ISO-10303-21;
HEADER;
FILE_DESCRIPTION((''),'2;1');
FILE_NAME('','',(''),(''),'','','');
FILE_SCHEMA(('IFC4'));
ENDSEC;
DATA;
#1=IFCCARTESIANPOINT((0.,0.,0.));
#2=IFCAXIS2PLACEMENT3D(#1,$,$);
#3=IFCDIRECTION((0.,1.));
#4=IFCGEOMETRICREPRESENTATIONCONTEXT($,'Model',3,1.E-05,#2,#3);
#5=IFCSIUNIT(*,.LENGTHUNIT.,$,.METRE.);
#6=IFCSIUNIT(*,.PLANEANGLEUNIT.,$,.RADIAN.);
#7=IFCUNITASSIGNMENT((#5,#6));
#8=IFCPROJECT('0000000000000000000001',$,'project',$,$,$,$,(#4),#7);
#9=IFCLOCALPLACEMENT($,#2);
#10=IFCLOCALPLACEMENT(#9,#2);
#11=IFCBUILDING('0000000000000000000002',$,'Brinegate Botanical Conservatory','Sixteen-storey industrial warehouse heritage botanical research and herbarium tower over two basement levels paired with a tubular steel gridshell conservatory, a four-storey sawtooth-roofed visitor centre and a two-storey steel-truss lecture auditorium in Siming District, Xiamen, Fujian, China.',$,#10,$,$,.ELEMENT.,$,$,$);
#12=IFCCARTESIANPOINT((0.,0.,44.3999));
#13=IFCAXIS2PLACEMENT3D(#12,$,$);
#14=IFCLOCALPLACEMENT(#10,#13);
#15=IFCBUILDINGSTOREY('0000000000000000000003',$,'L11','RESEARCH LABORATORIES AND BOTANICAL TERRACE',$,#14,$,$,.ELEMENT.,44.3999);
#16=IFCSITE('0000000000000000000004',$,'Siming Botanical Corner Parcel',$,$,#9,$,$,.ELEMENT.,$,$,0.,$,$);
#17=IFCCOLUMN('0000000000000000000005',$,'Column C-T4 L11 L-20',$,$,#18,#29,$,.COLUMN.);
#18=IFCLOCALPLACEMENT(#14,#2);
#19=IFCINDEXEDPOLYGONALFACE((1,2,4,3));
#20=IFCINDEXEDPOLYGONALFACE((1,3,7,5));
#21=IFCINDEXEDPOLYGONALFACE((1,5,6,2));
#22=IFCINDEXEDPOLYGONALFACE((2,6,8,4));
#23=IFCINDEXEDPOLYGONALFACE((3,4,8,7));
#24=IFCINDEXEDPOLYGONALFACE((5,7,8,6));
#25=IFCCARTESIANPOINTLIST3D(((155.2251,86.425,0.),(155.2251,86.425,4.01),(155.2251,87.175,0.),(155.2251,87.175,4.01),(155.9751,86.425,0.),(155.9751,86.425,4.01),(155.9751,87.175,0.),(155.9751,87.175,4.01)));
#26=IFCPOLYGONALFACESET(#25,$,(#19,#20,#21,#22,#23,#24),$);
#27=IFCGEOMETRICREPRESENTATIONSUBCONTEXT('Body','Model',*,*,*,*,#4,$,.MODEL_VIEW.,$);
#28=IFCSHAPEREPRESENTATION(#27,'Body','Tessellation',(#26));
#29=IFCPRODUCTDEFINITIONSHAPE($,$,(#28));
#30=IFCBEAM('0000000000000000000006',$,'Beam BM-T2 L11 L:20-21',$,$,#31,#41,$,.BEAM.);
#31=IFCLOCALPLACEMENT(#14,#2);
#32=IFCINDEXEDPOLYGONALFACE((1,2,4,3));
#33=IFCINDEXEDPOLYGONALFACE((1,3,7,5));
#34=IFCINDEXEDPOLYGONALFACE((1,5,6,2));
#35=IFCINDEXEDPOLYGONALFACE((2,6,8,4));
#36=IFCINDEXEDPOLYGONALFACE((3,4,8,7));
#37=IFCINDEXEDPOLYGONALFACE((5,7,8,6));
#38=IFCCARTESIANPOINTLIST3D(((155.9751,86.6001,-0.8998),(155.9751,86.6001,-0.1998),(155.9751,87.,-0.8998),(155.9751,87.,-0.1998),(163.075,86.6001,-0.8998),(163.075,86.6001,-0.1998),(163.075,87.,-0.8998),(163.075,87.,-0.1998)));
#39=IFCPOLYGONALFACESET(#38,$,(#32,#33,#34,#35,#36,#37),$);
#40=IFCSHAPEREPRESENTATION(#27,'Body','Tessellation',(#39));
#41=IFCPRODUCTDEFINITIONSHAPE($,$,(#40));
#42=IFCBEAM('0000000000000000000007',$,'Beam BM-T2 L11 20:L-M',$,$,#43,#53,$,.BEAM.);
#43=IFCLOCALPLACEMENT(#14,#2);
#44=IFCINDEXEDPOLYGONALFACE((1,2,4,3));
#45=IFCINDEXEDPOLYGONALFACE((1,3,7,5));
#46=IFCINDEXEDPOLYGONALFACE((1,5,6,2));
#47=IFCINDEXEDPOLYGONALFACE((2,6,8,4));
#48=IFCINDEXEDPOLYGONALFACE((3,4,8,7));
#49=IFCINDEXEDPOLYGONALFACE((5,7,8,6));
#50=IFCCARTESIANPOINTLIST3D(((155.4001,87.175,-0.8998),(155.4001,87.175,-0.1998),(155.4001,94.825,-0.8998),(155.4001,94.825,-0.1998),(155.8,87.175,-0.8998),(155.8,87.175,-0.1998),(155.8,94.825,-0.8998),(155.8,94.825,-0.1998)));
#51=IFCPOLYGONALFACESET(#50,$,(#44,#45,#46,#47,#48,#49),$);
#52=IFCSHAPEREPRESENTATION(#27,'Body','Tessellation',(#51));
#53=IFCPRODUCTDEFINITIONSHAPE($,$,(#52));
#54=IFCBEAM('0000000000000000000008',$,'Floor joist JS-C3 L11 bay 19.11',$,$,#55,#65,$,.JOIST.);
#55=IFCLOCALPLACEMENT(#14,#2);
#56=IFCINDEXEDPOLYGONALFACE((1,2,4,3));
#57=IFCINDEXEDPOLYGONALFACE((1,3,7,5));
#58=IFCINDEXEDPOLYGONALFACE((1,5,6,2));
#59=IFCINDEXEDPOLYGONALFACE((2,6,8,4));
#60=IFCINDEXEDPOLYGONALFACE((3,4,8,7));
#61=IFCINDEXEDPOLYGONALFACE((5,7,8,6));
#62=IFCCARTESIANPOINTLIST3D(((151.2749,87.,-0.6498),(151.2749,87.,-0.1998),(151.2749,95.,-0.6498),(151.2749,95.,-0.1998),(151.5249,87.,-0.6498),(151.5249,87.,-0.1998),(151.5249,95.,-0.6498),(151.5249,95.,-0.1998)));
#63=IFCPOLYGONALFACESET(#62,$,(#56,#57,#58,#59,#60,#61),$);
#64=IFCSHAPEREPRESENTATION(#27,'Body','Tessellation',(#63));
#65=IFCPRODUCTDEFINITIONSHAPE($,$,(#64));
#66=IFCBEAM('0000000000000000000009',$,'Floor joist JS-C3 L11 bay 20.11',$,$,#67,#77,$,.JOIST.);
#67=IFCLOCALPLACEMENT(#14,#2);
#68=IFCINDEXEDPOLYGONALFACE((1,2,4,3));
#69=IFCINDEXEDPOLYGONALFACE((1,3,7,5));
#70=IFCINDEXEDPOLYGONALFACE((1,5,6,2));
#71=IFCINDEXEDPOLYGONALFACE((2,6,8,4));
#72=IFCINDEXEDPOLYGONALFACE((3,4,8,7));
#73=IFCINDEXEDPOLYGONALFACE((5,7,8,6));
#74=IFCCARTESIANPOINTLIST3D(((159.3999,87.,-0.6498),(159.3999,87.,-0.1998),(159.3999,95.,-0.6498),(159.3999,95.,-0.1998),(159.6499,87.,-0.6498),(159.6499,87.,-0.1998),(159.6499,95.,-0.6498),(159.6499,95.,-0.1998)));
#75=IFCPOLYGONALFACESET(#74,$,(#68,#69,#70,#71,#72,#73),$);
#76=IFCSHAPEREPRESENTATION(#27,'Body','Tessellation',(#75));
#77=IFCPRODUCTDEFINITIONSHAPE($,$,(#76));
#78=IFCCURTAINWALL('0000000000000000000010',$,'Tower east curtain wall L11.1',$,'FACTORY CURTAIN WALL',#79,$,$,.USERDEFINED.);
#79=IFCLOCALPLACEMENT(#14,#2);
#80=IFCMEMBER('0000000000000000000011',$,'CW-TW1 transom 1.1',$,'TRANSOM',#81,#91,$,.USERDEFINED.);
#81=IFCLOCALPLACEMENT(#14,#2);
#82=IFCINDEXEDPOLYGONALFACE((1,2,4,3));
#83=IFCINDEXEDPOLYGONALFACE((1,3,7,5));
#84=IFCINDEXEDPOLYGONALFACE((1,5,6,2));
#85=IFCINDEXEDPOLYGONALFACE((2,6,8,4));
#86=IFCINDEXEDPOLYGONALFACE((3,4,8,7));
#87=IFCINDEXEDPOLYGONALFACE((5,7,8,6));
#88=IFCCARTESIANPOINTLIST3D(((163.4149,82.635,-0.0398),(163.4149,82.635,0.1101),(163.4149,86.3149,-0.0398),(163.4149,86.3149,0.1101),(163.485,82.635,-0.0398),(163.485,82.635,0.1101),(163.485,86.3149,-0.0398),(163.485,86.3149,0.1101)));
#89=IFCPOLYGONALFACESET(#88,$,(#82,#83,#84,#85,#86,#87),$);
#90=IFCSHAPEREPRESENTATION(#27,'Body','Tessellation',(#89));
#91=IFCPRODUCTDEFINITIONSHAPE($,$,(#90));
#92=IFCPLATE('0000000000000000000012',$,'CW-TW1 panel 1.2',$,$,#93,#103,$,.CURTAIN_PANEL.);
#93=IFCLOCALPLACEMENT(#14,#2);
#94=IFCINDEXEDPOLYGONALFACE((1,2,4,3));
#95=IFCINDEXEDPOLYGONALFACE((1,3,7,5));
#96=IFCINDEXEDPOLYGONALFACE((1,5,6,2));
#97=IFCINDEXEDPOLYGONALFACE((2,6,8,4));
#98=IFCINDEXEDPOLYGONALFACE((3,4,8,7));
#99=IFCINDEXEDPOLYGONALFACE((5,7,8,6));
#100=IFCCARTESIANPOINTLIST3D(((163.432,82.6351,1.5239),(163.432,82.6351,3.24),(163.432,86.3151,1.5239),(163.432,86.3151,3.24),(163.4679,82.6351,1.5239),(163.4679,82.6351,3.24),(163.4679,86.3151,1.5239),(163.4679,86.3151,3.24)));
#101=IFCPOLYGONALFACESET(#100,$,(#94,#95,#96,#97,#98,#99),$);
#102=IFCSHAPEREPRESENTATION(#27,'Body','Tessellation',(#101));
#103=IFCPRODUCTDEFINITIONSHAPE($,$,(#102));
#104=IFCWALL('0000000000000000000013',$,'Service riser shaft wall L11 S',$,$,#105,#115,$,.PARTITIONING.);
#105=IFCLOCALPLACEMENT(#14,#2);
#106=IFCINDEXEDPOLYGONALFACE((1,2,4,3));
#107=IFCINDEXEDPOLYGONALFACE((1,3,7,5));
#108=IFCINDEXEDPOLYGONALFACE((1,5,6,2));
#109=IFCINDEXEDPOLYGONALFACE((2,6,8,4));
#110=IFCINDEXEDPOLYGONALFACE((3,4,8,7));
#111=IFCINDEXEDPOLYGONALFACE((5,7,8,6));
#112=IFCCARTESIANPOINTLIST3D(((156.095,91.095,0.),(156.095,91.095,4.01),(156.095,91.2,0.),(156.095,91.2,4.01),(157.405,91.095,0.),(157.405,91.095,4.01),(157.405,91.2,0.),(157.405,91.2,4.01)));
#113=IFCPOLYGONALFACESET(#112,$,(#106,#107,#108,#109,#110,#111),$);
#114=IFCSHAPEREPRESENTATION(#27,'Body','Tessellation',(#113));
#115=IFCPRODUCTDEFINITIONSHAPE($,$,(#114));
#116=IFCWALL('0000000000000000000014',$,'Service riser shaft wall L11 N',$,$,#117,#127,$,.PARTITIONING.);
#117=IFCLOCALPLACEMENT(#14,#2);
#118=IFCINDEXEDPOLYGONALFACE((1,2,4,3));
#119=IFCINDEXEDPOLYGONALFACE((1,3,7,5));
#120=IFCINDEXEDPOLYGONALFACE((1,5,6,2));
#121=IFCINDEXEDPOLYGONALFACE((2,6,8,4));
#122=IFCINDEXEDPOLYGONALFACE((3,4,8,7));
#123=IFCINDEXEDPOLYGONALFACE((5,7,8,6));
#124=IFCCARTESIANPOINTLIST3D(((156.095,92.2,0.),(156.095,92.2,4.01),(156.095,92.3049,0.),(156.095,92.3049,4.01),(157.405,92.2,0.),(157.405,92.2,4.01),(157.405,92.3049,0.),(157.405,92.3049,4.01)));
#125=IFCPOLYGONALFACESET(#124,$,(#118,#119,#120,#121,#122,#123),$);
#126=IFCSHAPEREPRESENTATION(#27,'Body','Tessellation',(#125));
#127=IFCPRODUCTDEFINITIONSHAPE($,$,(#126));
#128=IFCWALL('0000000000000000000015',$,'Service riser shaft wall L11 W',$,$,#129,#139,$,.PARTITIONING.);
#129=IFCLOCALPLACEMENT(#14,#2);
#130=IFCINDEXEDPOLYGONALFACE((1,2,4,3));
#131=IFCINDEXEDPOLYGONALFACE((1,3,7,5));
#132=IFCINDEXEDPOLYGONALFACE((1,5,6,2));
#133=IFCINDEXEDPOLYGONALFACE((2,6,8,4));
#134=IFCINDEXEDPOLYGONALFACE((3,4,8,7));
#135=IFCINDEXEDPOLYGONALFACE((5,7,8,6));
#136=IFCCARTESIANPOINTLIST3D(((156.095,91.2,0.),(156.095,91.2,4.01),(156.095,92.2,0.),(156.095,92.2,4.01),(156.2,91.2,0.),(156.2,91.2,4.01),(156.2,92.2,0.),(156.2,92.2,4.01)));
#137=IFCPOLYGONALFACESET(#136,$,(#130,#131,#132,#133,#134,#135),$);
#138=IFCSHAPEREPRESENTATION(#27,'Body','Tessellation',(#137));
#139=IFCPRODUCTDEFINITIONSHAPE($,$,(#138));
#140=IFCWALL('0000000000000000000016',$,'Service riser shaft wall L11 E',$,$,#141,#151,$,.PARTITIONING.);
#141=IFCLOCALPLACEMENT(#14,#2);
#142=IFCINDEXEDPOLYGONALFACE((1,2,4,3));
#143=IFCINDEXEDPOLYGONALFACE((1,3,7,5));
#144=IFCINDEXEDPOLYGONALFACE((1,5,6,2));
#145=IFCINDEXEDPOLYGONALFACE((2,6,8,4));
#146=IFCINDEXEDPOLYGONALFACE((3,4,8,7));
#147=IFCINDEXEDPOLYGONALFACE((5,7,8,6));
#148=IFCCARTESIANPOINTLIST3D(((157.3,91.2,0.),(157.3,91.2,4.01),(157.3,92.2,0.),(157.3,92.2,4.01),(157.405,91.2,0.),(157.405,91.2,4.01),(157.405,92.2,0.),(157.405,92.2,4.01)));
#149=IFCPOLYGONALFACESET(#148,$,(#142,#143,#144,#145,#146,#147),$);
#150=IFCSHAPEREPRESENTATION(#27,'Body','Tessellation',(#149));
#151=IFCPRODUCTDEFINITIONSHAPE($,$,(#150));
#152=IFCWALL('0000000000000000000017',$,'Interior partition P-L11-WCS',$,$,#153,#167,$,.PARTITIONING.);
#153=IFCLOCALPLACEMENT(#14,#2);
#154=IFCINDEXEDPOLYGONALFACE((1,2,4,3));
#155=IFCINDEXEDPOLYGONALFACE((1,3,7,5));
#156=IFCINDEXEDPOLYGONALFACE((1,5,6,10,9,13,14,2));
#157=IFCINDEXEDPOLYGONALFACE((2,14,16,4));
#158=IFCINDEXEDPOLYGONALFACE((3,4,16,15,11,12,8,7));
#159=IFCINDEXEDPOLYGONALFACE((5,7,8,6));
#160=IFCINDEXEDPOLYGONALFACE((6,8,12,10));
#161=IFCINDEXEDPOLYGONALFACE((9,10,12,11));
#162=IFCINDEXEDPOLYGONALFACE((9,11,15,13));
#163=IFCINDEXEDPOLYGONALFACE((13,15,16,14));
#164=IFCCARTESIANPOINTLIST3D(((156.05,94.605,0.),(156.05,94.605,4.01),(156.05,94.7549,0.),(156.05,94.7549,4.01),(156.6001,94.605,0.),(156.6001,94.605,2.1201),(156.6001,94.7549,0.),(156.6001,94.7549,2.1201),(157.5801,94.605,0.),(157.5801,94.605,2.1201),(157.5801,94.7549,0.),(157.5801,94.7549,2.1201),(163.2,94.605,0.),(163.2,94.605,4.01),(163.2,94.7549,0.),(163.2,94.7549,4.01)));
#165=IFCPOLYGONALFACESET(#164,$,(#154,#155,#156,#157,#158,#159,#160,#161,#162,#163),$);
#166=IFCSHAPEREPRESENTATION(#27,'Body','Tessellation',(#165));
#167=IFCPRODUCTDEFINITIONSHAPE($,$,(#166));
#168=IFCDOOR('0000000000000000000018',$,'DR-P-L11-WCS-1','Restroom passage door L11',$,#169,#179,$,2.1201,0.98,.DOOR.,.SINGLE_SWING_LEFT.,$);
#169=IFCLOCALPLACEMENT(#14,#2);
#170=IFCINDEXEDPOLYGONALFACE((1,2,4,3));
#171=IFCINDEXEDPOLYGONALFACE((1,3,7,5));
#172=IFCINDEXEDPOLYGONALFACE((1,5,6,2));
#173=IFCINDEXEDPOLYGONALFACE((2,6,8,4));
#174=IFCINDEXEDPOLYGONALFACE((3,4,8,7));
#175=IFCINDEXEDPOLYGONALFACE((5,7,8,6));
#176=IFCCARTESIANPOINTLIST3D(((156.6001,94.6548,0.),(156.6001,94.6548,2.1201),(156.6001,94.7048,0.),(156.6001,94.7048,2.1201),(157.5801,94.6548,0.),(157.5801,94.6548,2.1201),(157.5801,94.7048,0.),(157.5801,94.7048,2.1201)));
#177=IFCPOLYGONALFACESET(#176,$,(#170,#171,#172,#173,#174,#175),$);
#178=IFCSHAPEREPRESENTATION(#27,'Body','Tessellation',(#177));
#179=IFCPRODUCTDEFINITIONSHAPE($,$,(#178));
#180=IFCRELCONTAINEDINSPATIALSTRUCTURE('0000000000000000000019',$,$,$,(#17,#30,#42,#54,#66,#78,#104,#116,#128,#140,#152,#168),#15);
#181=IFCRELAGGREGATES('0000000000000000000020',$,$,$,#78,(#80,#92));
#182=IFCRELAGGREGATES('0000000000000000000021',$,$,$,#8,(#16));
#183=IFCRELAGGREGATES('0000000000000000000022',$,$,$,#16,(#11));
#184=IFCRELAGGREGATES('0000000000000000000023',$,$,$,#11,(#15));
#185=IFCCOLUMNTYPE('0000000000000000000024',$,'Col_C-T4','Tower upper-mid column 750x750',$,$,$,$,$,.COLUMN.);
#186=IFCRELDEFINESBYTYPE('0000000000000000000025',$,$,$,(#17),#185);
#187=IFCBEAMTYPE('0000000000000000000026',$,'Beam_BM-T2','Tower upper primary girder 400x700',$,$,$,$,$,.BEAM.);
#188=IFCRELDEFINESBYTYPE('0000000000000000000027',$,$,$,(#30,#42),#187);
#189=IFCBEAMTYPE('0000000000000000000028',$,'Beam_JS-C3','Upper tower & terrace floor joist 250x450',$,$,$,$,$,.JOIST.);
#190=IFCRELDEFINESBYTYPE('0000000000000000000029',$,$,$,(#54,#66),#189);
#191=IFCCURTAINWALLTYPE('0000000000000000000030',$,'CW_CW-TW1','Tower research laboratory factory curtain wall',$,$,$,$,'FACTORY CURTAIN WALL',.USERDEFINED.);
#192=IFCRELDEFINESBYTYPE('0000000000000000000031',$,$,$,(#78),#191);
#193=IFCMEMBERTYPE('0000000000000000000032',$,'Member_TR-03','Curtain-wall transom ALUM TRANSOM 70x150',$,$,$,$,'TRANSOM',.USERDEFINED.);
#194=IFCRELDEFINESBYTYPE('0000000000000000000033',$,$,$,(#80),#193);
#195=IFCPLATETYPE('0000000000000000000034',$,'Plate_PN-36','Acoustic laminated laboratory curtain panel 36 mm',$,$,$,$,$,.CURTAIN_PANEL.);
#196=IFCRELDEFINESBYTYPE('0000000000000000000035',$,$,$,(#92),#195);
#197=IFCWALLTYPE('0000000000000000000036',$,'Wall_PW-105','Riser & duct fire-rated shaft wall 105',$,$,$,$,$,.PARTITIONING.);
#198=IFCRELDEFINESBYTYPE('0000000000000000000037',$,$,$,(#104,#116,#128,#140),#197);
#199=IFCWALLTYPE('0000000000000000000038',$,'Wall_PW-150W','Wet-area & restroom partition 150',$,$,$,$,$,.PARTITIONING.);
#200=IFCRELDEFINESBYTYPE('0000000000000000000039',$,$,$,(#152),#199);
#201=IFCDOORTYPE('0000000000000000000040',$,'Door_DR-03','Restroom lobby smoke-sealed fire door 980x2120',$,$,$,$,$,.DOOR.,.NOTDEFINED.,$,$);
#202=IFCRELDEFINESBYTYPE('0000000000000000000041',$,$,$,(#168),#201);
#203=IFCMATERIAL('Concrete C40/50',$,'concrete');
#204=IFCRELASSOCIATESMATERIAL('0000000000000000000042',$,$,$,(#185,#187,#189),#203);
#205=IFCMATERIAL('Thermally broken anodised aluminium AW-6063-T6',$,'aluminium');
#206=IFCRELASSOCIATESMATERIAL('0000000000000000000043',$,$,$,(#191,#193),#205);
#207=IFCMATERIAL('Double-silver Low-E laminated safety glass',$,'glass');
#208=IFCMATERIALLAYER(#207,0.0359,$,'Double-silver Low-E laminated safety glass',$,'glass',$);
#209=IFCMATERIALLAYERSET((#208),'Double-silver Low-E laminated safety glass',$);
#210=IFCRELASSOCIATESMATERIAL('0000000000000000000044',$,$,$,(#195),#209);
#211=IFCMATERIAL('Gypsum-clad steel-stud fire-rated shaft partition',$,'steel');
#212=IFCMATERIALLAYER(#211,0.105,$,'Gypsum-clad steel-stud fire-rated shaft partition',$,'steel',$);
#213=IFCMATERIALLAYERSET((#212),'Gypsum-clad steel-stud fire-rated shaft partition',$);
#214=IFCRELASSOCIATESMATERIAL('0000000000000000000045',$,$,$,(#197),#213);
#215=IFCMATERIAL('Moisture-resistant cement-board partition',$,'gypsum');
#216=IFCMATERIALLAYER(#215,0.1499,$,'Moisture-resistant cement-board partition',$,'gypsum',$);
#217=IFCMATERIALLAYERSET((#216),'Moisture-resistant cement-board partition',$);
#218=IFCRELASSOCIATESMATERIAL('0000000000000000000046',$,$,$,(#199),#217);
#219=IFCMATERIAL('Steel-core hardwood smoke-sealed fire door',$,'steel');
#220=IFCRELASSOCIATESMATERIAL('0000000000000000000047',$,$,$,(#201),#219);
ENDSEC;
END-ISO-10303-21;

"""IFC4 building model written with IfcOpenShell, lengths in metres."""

from ifc_helpers import new_model, si_unit, direction, frame, frame_2d, origin, origin_2d, place, context, subcontext, project, spatial, rectangle, extrude, material, layer, layer_set, material_profile, profile_set, type_object, element, fill, aggregate, save


model = new_model("IFC4")

# Units and contexts
model_context = context("Model", 3, precision=1e-05, world=origin(), true_north=direction((0.0, 1.0)))
body_context = subcontext(model_context, "Body", "Model", "MODEL_VIEW")
ifc_project = project(units=[si_unit("LENGTHUNIT", "METRE"), si_unit("PLANEANGLEUNIT", "RADIAN")], contexts=[model_context])

# Site, building, storey
site_placement = place(None, origin())
site = spatial("IfcSite", under=ifc_project, at=site_placement, Name="Siming Botanical Corner Parcel", CompositionType="ELEMENT", RefElevation=0.0)
building_placement = place(site_placement, origin())
building = spatial("IfcBuilding", under=site, at=building_placement, Name="Brinegate Botanical Conservatory", Description="Sixteen-storey industrial warehouse heritage botanical research and herbarium tower over two basement levels paired with a tubular steel gridshell conservatory, a four-storey sawtooth-roofed visitor centre and a two-storey steel-truss lecture auditorium in Siming District, Xiamen, Fujian, China.", CompositionType="ELEMENT")
storey_placement = place(building_placement, frame((0.0, 0.0, 44.3999)))
storey = spatial("IfcBuildingStorey", under=building, at=storey_placement, Name="L11", Description="RESEARCH LABORATORIES AND BOTANICAL TERRACE", CompositionType="ELEMENT", Elevation=44.3999)

# Column
ifc_material_1 = material(Name="Concrete C40/50", Category="concrete")
ifc_material_profile_1 = material_profile(ifc_material_1, rectangle(XDim=0.75, YDim=0.75, at=origin_2d()), Name="RC COL 750x750")
ifc_profile_set_1 = profile_set([ifc_material_profile_1], Name="Concrete C40/50")
column_type = type_object("IfcColumnType", Name="Col_C-T4", Description="Tower upper-mid column 750x750", PredefinedType="COLUMN", material=ifc_profile_set_1)
column_placement = place(storey_placement, frame((155.6001, 86.8, 0.0), z_axis=(0.0, 0.0, 1.0), x_axis=(1.0, 0.0, 0.0)))
element("IfcColumn", 1, at=column_placement, inside=storey, type_object=column_type, Name="Column C-T4 L11 L-20", PredefinedType="COLUMN", context=body_context, shape_type="SweptSolid", body=[
    extrude(rectangle(XDim=0.75, YDim=0.75, at=origin_2d()), origin(), (0.0, 0.0, 1.0), 4.01),
])

# Beams
ifc_material_profile_2 = material_profile(ifc_material_1, rectangle(XDim=0.3999, YDim=0.7, at=origin_2d()), Name="RC BM 400x700")
ifc_profile_set_2 = profile_set([ifc_material_profile_2], Name="Concrete C40/50")
beam_type_1 = type_object("IfcBeamType", Name="Beam_BM-T2", Description="Tower upper primary girder 400x700", PredefinedType="BEAM", material=ifc_profile_set_2)
beam_1_placement = place(storey_placement, frame((155.9751, 86.8, -0.5498), z_axis=(1.0, 0.0, 0.0), x_axis=(0.0, 1.0, 0.0)))
element("IfcBeam", 2, at=beam_1_placement, inside=storey, type_object=beam_type_1, Name="Beam BM-T2 L11 L:20-21", PredefinedType="BEAM", context=body_context, shape_type="SweptSolid", body=[
    extrude(rectangle(XDim=0.3999, YDim=0.7, at=origin_2d()), origin(), (0.0, 0.0, 1.0), 7.0999),
])
beam_2_placement = place(storey_placement, frame((155.6001, 87.175, -0.5498), z_axis=(0.0, 1.0, 0.0), x_axis=(-1.0, 0.0, 0.0)))
element("IfcBeam", 3, at=beam_2_placement, inside=storey, type_object=beam_type_1, Name="Beam BM-T2 L11 20:L-M", PredefinedType="BEAM", context=body_context, shape_type="SweptSolid", body=[
    extrude(rectangle(XDim=0.3999, YDim=0.7, at=origin_2d()), origin(), (0.0, 0.0, 1.0), 7.6499),
])
ifc_material_profile_3 = material_profile(ifc_material_1, rectangle(XDim=0.25, YDim=0.45, at=origin_2d()), Name="RC JST 250x450")
ifc_profile_set_3 = profile_set([ifc_material_profile_3], Name="Concrete C40/50")
beam_type_2 = type_object("IfcBeamType", Name="Beam_JS-C3", Description="Upper tower & terrace floor joist 250x450", PredefinedType="JOIST", material=ifc_profile_set_3)
for number, where, z_axis, x_axis, name in (
    (4, (151.3999, 87.0, -0.4248), (0.0, 1.0, 0.0), (-1.0, 0.0, 0.0), "Floor joist JS-C3 L11 bay 19.11"),
    (5, (159.5249, 87.0, -0.4248), (0.0, 1.0, 0.0), (-1.0, 0.0, 0.0), "Floor joist JS-C3 L11 bay 20.11"),
):
    element("IfcBeam", number, at=place(storey_placement, frame(where, z_axis=z_axis, x_axis=x_axis)), inside=storey, type_object=beam_type_2, Name=name, PredefinedType="JOIST", context=body_context, shape_type="SweptSolid", body=[
        extrude(rectangle(XDim=0.25, YDim=0.45, at=origin_2d()), origin(), (0.0, 0.0, 1.0), 8.0),
    ])

# Curtain wall, member, plate
ifc_material_2 = material(Name="Thermally broken anodised aluminium AW-6063-T6", Category="aluminium")
curtain_wall_type = type_object("IfcCurtainWallType", Name="CW_CW-TW1", Description="Tower research laboratory factory curtain wall", ElementType="FACTORY CURTAIN WALL", PredefinedType="USERDEFINED", material=ifc_material_2)
curtain_wall_placement = place(storey_placement, origin())
curtain_wall = element("IfcCurtainWall", 6, at=curtain_wall_placement, inside=storey, type_object=curtain_wall_type, Name="Tower east curtain wall L11.1", ObjectType="FACTORY CURTAIN WALL", PredefinedType="USERDEFINED")
ifc_material_profile_4 = material_profile(ifc_material_2, rectangle(XDim=0.0701, YDim=0.1499, at=origin_2d()), Name="ALUM TRANSOM 70x150")
ifc_profile_set_4 = profile_set([ifc_material_profile_4], Name="Thermally broken anodised aluminium AW-6063-T6")
member_type = type_object("IfcMemberType", Name="Member_TR-03", Description="Curtain-wall transom ALUM TRANSOM 70x150", ElementType="TRANSOM", PredefinedType="USERDEFINED", material=ifc_profile_set_4)
member_placement = place(storey_placement, frame((163.45, 86.3149, 0.0352), z_axis=(0.0, -1.0, 0.0), x_axis=(1.0, 0.0, 0.0)))
member = element("IfcMember", 7, at=member_placement, type_object=member_type, Name="CW-TW1 transom 1.1", ObjectType="TRANSOM", PredefinedType="USERDEFINED", context=body_context, shape_type="SweptSolid", body=[
    extrude(rectangle(XDim=0.0701, YDim=0.1499, at=origin_2d()), origin(), (0.0, 0.0, 1.0), 3.6799),
])
ifc_material_3 = material(Name="Double-silver Low-E laminated safety glass", Category="glass")
ifc_layer_1 = layer(ifc_material_3, 0.0359, Name="Double-silver Low-E laminated safety glass", Category="glass")
ifc_layer_set_1 = layer_set([ifc_layer_1], Name="Double-silver Low-E laminated safety glass")
plate_type = type_object("IfcPlateType", Name="Plate_PN-36", Description="Acoustic laminated laboratory curtain panel 36 mm", PredefinedType="CURTAIN_PANEL", material=ifc_layer_set_1)
plate_placement = place(storey_placement, frame((163.45, 84.4751, 1.5239), z_axis=(0.0, 0.0, 1.0), x_axis=(0.0, -1.0, 0.0)))
plate = element("IfcPlate", 8, at=plate_placement, type_object=plate_type, Name="CW-TW1 panel 1.2", PredefinedType="CURTAIN_PANEL", context=body_context, shape_type="SweptSolid", body=[
    extrude(rectangle(XDim=3.6799, YDim=0.0359, at=origin_2d()), origin(), (0.0, 0.0, 1.0), 1.7161),
])
aggregate(curtain_wall, [member, plate])

# Walls
ifc_material_4 = material(Name="Gypsum-clad steel-stud fire-rated shaft partition", Category="steel")
ifc_layer_2 = layer(ifc_material_4, 0.105, Name="Gypsum-clad steel-stud fire-rated shaft partition", Category="steel")
ifc_layer_set_2 = layer_set([ifc_layer_2], Name="Gypsum-clad steel-stud fire-rated shaft partition")
wall_type_1 = type_object("IfcWallType", Name="Wall_PW-105", Description="Riser & duct fire-rated shaft wall 105", PredefinedType="PARTITIONING", material=ifc_layer_set_2)
for number, where, z_axis, x_axis, name in (
    (9, (156.095, 91.1475, 0.0), (0.0, 0.0, 1.0), (1.0, 0.0, 0.0), "Service riser shaft wall L11 S"),
    (10, (156.095, 92.2524, 0.0), (0.0, 0.0, 1.0), (1.0, 0.0, 0.0), "Service riser shaft wall L11 N"),
):
    element("IfcWall", number, at=place(storey_placement, frame(where, z_axis=z_axis, x_axis=x_axis)), inside=storey, type_object=wall_type_1, Name=name, PredefinedType="PARTITIONING", context=body_context, shape_type="SweptSolid", body=[
        extrude(rectangle(XDim=1.3101, YDim=0.105, at=frame_2d((0.655, 0.0))), origin(), (0.0, 0.0, 1.0), 4.01),
    ])
for number, where, z_axis, x_axis, name in (
    (11, (156.1475, 91.2, 0.0), (0.0, 0.0, 1.0), (0.0, 1.0, 0.0), "Service riser shaft wall L11 W"),
    (12, (157.3525, 91.2, 0.0), (0.0, 0.0, 1.0), (0.0, 1.0, 0.0), "Service riser shaft wall L11 E"),
):
    element("IfcWall", number, at=place(storey_placement, frame(where, z_axis=z_axis, x_axis=x_axis)), inside=storey, type_object=wall_type_1, Name=name, PredefinedType="PARTITIONING", context=body_context, shape_type="SweptSolid", body=[
        extrude(rectangle(XDim=1.0, YDim=0.105, at=frame_2d((0.5, 0.0))), origin(), (0.0, 0.0, 1.0), 4.01),
    ])

# Wall, opening, door
ifc_material_5 = material(Name="Moisture-resistant cement-board partition", Category="gypsum")
ifc_layer_3 = layer(ifc_material_5, 0.1499, Name="Moisture-resistant cement-board partition", Category="gypsum")
ifc_layer_set_3 = layer_set([ifc_layer_3], Name="Moisture-resistant cement-board partition")
wall_type_2 = type_object("IfcWallType", Name="Wall_PW-150W", Description="Wet-area & restroom partition 150", PredefinedType="PARTITIONING", material=ifc_layer_set_3)
wall_1_placement = place(storey_placement, frame((156.05, 94.6799, 0.0), z_axis=(0.0, 0.0, 1.0), x_axis=(1.0, 0.0, 0.0)))
wall_1 = element("IfcWall", 13, at=wall_1_placement, inside=storey, type_object=wall_type_2, Name="Interior partition P-L11-WCS", PredefinedType="PARTITIONING", context=body_context, shape_type="SweptSolid", body=[
    extrude(rectangle(XDim=7.1499, YDim=0.1499, at=frame_2d((3.575, 0.0))), origin(), (0.0, 0.0, 1.0), 4.01),
])
opening_1_placement = place(wall_1_placement, frame((0.55, 0.0, 0.0)))
opening_1 = element("IfcOpeningElement", 14, at=opening_1_placement, cuts=wall_1, PredefinedType="OPENING", context=body_context, shape_type="SweptSolid", body=[
    extrude(rectangle(XDim=0.98, YDim=2.1201, at=frame_2d((0.49, 1.0601))), frame((0.0, 0.085, 0.0), z_axis=(0.0, -1.0, 0.0), x_axis=(1.0, 0.0, 0.0)), (0.0, 0.0, 1.0), 0.1699),
])
ifc_material_6 = material(Name="Steel-core hardwood smoke-sealed fire door", Category="steel")
door_type_1 = type_object("IfcDoorType", Name="Door_DR-03", Description="Restroom lobby smoke-sealed fire door 980x2120", OperationType="NOTDEFINED", PredefinedType="DOOR", material=ifc_material_6)
door_1_placement = place(opening_1_placement, origin())
door_1 = element("IfcDoor", 15, at=door_1_placement, inside=storey, type_object=door_type_1, Name="DR-P-L11-WCS-1", Description="Restroom passage door L11", OperationType="SINGLE_SWING_LEFT", OverallHeight=2.1201, OverallWidth=0.98, PredefinedType="DOOR", context=body_context, shape_type="SweptSolid", body=[
    extrude(rectangle(XDim=0.98, YDim=2.1201, at=frame_2d((0.49, 1.0601))), frame((0.0, 0.0249, 0.0), z_axis=(0.0, -1.0, 0.0), x_axis=(1.0, 0.0, 0.0)), (0.0, 0.0, 1.0), 0.05),
])
fill(opening_1, door_1)

save(model, "model.ifc")
